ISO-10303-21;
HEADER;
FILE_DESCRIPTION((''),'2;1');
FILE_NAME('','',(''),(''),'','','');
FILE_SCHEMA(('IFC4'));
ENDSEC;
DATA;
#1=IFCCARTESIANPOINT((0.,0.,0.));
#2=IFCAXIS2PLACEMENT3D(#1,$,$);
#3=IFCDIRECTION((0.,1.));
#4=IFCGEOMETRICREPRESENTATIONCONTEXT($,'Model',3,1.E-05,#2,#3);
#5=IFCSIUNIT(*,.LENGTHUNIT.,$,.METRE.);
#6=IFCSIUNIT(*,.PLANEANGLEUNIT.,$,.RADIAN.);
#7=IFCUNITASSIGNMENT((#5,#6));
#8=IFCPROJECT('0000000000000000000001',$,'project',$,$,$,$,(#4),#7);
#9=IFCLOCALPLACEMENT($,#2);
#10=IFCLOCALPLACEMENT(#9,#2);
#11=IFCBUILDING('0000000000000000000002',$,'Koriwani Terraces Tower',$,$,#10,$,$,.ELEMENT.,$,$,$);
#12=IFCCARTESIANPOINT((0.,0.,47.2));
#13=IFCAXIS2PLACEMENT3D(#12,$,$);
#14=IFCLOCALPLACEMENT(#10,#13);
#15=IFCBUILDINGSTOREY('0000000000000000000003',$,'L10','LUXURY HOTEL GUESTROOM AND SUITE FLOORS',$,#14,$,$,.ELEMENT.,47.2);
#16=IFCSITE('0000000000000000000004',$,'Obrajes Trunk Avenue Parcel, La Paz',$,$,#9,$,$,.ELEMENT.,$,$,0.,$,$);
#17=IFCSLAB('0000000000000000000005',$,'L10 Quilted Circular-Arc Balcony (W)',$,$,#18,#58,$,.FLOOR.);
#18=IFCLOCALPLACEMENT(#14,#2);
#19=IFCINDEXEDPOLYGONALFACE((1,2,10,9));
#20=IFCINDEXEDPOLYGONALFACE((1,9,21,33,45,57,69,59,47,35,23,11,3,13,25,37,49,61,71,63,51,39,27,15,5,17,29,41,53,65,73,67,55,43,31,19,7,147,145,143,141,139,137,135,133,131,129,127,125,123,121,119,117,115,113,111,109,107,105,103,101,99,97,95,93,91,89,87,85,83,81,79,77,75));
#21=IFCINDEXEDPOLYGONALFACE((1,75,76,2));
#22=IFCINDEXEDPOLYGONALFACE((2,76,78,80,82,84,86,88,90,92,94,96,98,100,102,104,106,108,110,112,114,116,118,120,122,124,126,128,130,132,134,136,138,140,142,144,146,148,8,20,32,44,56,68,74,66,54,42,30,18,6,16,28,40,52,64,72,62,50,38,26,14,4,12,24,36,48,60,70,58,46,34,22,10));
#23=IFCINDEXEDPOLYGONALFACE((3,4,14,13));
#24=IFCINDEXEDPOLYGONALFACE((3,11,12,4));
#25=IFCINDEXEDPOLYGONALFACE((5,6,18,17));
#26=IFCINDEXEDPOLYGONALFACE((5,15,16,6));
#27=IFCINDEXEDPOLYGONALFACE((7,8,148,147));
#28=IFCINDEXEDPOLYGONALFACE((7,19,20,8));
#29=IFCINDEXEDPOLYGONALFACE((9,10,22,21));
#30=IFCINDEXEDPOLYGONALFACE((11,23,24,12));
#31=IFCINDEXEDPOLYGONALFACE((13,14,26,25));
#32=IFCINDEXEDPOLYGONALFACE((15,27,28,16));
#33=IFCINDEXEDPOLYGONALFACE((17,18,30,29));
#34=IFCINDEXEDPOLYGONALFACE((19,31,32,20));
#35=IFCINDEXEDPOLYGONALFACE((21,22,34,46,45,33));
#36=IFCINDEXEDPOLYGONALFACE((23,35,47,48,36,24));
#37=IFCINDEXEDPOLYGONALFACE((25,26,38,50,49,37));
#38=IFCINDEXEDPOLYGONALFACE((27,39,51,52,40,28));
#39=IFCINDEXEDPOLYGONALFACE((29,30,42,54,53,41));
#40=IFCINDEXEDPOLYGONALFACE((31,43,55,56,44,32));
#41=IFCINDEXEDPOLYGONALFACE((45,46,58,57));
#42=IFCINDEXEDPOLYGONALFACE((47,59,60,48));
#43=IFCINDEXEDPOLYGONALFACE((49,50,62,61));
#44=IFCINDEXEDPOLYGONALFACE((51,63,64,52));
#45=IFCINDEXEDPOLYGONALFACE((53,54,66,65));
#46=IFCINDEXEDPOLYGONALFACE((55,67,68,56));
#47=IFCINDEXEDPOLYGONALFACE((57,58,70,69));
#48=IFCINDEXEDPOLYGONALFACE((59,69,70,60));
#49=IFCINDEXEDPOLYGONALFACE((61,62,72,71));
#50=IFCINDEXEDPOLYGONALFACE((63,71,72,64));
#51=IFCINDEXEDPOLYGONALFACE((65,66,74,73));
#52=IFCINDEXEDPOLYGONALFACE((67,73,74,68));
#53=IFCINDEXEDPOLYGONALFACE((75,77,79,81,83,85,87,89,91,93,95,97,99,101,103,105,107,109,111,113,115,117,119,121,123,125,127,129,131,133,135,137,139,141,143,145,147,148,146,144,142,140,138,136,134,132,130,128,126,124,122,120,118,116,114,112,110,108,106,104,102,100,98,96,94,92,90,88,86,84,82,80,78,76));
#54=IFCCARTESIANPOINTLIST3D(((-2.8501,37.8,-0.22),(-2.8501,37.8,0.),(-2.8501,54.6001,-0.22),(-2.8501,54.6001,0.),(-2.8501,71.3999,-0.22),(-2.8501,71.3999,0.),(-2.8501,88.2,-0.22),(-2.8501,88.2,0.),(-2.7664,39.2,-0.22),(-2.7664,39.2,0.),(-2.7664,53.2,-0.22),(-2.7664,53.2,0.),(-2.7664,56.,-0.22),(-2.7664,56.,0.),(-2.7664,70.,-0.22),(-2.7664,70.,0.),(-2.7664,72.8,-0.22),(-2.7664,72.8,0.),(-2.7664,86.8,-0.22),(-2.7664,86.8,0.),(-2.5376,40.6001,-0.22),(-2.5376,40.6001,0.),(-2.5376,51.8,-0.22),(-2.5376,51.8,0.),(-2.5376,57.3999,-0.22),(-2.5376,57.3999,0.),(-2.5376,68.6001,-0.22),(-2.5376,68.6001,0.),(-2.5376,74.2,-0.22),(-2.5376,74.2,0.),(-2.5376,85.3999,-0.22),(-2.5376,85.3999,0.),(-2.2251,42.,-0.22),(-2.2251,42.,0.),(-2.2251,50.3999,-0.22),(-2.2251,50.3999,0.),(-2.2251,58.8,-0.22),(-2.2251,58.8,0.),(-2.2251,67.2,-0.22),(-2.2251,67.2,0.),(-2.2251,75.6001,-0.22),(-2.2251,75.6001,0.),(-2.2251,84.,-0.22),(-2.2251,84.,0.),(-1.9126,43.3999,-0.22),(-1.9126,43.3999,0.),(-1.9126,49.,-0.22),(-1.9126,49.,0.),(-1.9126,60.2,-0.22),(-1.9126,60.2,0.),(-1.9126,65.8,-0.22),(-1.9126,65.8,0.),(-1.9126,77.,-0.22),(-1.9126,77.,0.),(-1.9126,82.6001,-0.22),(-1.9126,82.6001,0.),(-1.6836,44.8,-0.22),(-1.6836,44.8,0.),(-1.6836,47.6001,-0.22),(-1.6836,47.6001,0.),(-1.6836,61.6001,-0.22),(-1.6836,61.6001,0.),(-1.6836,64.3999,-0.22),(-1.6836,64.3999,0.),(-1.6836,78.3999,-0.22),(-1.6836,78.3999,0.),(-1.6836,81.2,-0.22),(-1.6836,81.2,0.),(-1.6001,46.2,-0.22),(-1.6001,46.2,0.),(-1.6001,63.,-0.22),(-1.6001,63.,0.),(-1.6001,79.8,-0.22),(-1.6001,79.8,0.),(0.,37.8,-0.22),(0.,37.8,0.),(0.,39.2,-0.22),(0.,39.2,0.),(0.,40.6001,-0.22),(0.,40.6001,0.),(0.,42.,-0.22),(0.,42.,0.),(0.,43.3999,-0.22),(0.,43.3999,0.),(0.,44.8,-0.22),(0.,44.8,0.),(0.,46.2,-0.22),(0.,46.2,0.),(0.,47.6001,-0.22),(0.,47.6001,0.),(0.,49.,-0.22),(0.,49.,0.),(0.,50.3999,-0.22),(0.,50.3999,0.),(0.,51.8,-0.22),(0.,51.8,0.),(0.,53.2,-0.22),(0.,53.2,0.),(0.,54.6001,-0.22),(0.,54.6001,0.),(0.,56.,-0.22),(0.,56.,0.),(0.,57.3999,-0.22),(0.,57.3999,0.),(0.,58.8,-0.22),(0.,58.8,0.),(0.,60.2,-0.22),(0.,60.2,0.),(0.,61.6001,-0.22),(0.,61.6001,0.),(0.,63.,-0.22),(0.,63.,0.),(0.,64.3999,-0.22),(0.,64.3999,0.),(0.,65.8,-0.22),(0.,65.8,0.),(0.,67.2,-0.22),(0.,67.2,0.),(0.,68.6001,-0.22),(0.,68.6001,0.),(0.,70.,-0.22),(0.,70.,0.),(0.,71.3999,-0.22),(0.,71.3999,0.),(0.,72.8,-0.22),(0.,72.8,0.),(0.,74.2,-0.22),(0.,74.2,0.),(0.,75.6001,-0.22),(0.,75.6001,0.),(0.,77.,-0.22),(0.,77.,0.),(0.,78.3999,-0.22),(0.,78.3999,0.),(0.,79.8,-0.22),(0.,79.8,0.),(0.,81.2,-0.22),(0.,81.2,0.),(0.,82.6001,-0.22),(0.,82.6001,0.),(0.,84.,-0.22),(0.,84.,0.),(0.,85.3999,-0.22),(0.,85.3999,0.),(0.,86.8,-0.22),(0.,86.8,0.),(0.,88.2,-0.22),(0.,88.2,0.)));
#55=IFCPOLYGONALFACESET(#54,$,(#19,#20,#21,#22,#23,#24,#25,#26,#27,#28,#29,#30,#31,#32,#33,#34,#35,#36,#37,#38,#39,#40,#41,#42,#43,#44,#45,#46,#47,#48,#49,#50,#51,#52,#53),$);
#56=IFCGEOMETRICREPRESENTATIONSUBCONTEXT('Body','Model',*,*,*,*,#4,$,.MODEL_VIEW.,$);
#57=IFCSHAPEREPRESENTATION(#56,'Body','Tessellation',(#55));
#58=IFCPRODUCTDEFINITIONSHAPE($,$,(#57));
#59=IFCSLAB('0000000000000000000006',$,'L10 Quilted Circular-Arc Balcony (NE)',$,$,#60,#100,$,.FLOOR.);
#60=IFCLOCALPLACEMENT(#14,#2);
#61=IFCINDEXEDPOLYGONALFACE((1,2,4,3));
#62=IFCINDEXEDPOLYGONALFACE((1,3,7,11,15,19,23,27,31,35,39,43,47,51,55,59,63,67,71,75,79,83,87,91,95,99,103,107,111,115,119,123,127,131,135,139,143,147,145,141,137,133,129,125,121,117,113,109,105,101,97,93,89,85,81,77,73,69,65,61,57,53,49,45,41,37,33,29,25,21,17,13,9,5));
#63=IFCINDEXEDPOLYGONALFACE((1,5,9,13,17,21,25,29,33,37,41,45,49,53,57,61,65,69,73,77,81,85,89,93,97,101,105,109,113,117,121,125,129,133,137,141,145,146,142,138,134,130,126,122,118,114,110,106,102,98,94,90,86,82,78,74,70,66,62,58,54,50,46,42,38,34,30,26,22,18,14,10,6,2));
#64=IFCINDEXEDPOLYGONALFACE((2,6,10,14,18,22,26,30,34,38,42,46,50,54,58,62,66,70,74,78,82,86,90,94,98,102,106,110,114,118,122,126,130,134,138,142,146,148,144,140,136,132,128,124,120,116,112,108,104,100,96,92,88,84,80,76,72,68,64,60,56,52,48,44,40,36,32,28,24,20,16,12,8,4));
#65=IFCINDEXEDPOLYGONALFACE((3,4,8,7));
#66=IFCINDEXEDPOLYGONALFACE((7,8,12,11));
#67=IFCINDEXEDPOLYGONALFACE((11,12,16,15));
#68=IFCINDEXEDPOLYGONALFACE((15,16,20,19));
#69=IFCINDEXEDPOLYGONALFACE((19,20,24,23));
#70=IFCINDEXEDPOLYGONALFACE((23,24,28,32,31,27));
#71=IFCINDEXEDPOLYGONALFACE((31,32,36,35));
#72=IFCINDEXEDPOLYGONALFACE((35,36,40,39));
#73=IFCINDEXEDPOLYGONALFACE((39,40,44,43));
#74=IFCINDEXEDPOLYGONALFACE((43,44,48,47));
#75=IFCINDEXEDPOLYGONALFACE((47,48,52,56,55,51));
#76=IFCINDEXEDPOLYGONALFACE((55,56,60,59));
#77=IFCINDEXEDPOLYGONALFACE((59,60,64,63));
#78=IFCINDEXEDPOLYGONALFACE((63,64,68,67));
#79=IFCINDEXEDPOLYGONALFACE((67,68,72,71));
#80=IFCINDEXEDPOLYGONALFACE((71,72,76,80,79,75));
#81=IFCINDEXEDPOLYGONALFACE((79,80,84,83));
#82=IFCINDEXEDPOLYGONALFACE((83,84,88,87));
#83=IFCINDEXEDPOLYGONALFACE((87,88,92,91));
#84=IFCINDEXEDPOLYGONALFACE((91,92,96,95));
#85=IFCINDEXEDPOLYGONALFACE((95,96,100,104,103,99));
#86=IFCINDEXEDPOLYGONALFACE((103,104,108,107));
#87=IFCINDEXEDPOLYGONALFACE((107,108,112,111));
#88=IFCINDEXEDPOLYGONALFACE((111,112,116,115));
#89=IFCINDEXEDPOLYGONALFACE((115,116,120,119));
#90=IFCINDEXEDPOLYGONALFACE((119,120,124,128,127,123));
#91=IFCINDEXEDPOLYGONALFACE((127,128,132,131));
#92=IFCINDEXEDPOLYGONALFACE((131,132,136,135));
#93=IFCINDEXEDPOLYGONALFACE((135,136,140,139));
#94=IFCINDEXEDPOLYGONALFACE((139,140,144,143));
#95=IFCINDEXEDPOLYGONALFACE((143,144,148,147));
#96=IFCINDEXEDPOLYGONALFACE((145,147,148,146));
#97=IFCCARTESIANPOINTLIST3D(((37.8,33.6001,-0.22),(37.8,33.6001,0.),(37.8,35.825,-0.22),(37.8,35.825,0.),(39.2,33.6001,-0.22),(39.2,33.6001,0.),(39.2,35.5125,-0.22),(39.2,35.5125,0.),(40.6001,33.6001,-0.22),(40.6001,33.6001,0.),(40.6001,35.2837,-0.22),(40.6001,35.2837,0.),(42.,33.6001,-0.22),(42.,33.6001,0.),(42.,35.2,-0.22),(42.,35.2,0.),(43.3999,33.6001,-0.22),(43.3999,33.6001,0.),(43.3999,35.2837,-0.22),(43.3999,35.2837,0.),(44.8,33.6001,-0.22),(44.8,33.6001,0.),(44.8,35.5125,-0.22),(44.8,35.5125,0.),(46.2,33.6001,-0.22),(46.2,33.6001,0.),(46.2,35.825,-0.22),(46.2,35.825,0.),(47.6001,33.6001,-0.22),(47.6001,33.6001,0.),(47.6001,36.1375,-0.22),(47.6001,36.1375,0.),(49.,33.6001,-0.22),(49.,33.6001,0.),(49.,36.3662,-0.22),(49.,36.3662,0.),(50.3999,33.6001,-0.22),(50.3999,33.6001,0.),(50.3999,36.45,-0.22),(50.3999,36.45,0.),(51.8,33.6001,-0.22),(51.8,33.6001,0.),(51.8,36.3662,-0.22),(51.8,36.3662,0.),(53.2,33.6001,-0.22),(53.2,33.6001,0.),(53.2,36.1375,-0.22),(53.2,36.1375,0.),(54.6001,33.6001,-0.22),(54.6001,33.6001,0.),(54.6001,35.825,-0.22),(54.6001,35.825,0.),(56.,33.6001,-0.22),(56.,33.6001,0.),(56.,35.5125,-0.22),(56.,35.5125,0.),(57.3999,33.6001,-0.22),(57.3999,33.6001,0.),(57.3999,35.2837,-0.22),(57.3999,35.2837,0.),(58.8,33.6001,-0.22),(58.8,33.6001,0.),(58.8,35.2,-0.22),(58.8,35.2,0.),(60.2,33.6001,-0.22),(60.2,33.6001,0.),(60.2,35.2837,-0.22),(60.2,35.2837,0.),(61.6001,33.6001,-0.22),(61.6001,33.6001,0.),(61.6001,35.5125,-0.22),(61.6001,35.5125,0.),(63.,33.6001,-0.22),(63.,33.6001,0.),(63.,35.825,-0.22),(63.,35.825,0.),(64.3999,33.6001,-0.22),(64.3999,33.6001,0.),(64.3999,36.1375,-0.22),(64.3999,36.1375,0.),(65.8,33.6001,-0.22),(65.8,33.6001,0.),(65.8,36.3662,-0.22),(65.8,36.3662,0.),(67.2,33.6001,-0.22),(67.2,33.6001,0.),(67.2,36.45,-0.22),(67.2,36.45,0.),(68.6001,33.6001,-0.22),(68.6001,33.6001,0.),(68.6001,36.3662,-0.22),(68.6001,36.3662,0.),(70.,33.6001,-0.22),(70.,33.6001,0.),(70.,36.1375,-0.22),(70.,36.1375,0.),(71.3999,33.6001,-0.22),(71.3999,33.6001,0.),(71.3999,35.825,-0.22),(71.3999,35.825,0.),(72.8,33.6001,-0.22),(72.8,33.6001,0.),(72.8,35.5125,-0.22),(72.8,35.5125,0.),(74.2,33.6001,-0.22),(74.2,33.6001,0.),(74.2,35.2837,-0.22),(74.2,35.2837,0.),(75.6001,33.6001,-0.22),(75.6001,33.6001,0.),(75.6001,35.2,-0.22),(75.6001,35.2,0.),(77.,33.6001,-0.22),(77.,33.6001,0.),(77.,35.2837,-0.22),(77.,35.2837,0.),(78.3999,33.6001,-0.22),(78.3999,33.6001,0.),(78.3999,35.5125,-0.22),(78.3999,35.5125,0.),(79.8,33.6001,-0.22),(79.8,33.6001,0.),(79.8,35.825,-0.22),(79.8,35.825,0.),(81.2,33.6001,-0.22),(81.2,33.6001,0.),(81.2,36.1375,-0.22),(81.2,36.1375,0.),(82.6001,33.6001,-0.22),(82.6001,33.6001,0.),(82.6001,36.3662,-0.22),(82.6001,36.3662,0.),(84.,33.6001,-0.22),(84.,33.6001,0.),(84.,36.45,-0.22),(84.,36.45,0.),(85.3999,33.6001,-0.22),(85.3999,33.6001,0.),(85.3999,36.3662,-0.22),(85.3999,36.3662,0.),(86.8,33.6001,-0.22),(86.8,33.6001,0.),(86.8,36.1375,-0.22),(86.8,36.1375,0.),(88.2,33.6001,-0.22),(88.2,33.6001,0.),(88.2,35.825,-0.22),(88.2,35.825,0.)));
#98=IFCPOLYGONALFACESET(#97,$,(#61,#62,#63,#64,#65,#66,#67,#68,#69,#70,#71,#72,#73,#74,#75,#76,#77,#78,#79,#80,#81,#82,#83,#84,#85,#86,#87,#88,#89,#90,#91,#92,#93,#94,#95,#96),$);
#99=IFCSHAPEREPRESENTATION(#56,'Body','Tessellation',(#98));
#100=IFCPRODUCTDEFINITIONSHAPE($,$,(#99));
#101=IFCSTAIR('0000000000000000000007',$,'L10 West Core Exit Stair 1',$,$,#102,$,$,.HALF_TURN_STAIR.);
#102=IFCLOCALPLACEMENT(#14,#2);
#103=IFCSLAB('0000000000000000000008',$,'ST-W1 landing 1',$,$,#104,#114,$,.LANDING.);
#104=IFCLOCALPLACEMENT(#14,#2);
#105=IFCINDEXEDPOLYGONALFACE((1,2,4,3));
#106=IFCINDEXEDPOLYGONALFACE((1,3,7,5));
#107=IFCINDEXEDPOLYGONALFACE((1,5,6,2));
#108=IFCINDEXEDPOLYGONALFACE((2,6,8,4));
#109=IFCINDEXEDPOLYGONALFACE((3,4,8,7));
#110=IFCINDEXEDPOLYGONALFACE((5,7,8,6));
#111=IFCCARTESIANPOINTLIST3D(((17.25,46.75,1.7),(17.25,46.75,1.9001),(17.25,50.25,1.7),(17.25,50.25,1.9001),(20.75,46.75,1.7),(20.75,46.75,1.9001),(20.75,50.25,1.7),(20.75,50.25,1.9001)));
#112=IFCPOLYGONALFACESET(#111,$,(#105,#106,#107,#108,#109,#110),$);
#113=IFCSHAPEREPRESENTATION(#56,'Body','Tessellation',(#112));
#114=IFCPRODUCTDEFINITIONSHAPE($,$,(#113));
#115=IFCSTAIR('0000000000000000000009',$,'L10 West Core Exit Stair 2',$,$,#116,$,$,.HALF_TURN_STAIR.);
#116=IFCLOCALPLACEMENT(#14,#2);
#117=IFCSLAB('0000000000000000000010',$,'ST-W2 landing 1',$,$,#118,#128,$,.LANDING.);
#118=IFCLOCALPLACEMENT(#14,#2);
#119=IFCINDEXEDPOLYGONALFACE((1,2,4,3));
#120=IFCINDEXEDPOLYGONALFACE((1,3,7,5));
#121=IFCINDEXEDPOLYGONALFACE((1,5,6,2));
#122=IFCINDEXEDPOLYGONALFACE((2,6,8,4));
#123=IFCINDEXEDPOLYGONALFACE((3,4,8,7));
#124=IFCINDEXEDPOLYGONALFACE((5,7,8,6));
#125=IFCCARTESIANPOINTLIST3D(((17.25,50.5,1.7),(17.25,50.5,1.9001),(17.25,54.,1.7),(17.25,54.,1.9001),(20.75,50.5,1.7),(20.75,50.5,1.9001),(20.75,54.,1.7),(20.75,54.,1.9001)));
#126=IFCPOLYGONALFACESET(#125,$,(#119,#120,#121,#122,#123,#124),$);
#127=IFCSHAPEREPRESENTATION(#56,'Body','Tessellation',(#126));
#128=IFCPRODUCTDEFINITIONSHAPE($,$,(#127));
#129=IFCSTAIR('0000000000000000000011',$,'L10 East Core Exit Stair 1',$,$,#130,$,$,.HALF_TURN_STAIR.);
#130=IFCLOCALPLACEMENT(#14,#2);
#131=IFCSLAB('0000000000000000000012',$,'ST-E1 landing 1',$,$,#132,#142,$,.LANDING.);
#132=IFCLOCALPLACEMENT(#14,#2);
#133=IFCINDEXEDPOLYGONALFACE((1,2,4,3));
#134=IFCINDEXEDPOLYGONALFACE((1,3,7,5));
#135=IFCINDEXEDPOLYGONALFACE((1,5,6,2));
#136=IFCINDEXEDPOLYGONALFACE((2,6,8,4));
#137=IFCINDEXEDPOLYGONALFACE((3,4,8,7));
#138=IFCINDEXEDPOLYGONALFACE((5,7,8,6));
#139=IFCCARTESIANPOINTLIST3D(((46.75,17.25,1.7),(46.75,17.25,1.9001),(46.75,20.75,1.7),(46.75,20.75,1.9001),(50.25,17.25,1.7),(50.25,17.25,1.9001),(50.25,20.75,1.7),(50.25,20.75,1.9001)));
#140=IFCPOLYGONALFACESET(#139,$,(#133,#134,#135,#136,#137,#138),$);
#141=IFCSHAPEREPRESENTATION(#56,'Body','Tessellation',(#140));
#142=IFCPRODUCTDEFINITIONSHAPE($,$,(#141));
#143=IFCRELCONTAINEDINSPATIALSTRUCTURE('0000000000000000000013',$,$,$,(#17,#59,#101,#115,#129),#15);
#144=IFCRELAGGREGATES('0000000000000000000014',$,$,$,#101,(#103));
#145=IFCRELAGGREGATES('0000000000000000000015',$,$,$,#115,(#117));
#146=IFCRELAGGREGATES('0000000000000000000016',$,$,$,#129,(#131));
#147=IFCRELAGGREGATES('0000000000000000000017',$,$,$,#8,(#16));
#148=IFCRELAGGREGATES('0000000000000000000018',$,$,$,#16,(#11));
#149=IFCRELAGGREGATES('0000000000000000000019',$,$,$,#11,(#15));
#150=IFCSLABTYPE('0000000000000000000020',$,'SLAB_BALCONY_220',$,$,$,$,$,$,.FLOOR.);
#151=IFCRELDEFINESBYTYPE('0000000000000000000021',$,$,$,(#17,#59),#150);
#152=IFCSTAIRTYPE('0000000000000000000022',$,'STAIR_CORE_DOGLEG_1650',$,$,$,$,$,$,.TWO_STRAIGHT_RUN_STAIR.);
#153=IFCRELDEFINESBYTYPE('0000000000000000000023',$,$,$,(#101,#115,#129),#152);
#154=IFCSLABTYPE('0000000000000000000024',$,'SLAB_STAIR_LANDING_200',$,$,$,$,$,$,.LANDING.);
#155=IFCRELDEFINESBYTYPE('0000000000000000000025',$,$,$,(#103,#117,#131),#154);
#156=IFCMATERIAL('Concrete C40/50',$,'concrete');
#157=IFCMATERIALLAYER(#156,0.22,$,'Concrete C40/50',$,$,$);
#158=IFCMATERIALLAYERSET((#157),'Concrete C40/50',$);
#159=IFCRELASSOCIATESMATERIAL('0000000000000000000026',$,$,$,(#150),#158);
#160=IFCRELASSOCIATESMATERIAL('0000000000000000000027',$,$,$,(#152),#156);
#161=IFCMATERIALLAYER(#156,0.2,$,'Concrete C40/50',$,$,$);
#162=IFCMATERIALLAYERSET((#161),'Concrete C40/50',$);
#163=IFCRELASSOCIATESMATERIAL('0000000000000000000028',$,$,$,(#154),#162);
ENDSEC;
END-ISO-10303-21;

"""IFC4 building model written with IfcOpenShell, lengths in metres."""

from ifc_helpers import new_model, si_unit, direction, frame, origin, place, context, subcontext, project, spatial, polyline, outline, extrude, material, layer, layer_set, type_object, element, aggregate, save


model = new_model("IFC4")

# Units and contexts
model_context = context("Model", 3, precision=1e-05, world=origin(), true_north=direction((0.0, 1.0)))
body_context = subcontext(model_context, "Body", "Model", "MODEL_VIEW")
ifc_project = project(units=[si_unit("LENGTHUNIT", "METRE"), si_unit("PLANEANGLEUNIT", "RADIAN")], contexts=[model_context])

# Site, building, storey
site_placement = place(None, origin())
site = spatial("IfcSite", under=ifc_project, at=site_placement, Name="Obrajes Trunk Avenue Parcel, La Paz", CompositionType="ELEMENT", RefElevation=0.0)
building_placement = place(site_placement, origin())
building = spatial("IfcBuilding", under=site, at=building_placement, Name="Koriwani Terraces Tower", CompositionType="ELEMENT")
storey_placement = place(building_placement, frame((0.0, 0.0, 47.2)))
storey = spatial("IfcBuildingStorey", under=building, at=storey_placement, Name="L10", Description="LUXURY HOTEL GUESTROOM AND SUITE FLOORS", CompositionType="ELEMENT", Elevation=47.2)

# Slabs
ifc_material_1 = material(Name="Concrete C40/50", Category="concrete")
ifc_layer_1 = layer(ifc_material_1, 0.22, Name="Concrete C40/50")
ifc_layer_set_1 = layer_set([ifc_layer_1], Name="Concrete C40/50")
slab_type_1 = type_object("IfcSlabType", Name="SLAB_BALCONY_220", PredefinedType="FLOOR", material=ifc_layer_set_1)
slab_1_placement = place(storey_placement, frame((0.0, 0.0, -0.22)))
element("IfcSlab", 1, at=slab_1_placement, inside=storey, type_object=slab_type_1, Name="L10 Quilted Circular-Arc Balcony (W)", PredefinedType="FLOOR", context=body_context, shape_type="SweptSolid", body=[
    extrude(outline(polyline([(0.0, 37.8), (0.0, 39.2), (0.0, 40.6001), (0.0, 42.0), (0.0, 43.3999), (0.0, 44.8), (0.0, 46.2), (0.0, 47.6001), (0.0, 49.0), (0.0, 50.3999), (0.0, 51.8), (0.0, 53.2), (0.0, 54.6001), (0.0, 56.0), (0.0, 57.3999), (0.0, 58.8), (0.0, 60.2), (0.0, 61.6001), (0.0, 63.0), (0.0, 64.3999), (0.0, 65.8), (0.0, 67.2), (0.0, 68.6001), (0.0, 70.0), (0.0, 71.3999), (0.0, 72.8), (0.0, 74.2), (0.0, 75.6001), (0.0, 77.0), (0.0, 78.3999), (0.0, 79.8), (0.0, 81.2), (0.0, 82.6001), (0.0, 84.0), (0.0, 85.3999), (0.0, 86.8), (0.0, 88.2), (-2.8501, 88.2), (-2.7664, 86.8), (-2.5376, 85.3999), (-2.2251, 84.0), (-1.9126, 82.6001), (-1.6836, 81.2), (-1.6001, 79.8), (-1.6836, 78.3999), (-1.9126, 77.0), (-2.2251, 75.6001), (-2.5376, 74.2), (-2.7664, 72.8), (-2.8501, 71.3999), (-2.7664, 70.0), (-2.5376, 68.6001), (-2.2251, 67.2), (-1.9126, 65.8), (-1.6836, 64.3999), (-1.6001, 63.0), (-1.6836, 61.6001), (-1.9126, 60.2), (-2.2251, 58.8), (-2.5376, 57.3999), (-2.7664, 56.0), (-2.8501, 54.6001), (-2.7664, 53.2), (-2.5376, 51.8), (-2.2251, 50.3999), (-1.9126, 49.0), (-1.6836, 47.6001), (-1.6001, 46.2), (-1.6836, 44.8), (-1.9126, 43.3999), (-2.2251, 42.0), (-2.5376, 40.6001), (-2.7664, 39.2), (-2.8501, 37.8), (0.0, 37.8)])), origin(), (0.0, 0.0, 1.0), 0.22),
])
slab_2_placement = place(storey_placement, frame((0.0, 0.0, -0.22)))
element("IfcSlab", 2, at=slab_2_placement, inside=storey, type_object=slab_type_1, Name="L10 Quilted Circular-Arc Balcony (NE)", PredefinedType="FLOOR", context=body_context, shape_type="SweptSolid", body=[
    extrude(outline(polyline([(88.2, 33.6001), (86.8, 33.6001), (85.3999, 33.6001), (84.0, 33.6001), (82.6001, 33.6001), (81.2, 33.6001), (79.8, 33.6001), (78.3999, 33.6001), (77.0, 33.6001), (75.6001, 33.6001), (74.2, 33.6001), (72.8, 33.6001), (71.3999, 33.6001), (70.0, 33.6001), (68.6001, 33.6001), (67.2, 33.6001), (65.8, 33.6001), (64.3999, 33.6001), (63.0, 33.6001), (61.6001, 33.6001), (60.2, 33.6001), (58.8, 33.6001), (57.3999, 33.6001), (56.0, 33.6001), (54.6001, 33.6001), (53.2, 33.6001), (51.8, 33.6001), (50.3999, 33.6001), (49.0, 33.6001), (47.6001, 33.6001), (46.2, 33.6001), (44.8, 33.6001), (43.3999, 33.6001), (42.0, 33.6001), (40.6001, 33.6001), (39.2, 33.6001), (37.8, 33.6001), (37.8, 35.825), (39.2, 35.5125), (40.6001, 35.2837), (42.0, 35.2), (43.3999, 35.2837), (44.8, 35.5125), (46.2, 35.825), (47.6001, 36.1375), (49.0, 36.3662), (50.3999, 36.45), (51.8, 36.3662), (53.2, 36.1375), (54.6001, 35.825), (56.0, 35.5125), (57.3999, 35.2837), (58.8, 35.2), (60.2, 35.2837), (61.6001, 35.5125), (63.0, 35.825), (64.3999, 36.1375), (65.8, 36.3662), (67.2, 36.45), (68.6001, 36.3662), (70.0, 36.1375), (71.3999, 35.825), (72.8, 35.5125), (74.2, 35.2837), (75.6001, 35.2), (77.0, 35.2837), (78.3999, 35.5125), (79.8, 35.825), (81.2, 36.1375), (82.6001, 36.3662), (84.0, 36.45), (85.3999, 36.3662), (86.8, 36.1375), (88.2, 35.825), (88.2, 33.6001)])), origin(), (0.0, 0.0, 1.0), 0.22),
])

# Stairs, slabs
stair_type = type_object("IfcStairType", Name="STAIR_CORE_DOGLEG_1650", PredefinedType="TWO_STRAIGHT_RUN_STAIR", material=ifc_material_1)
stair_1_placement = place(storey_placement, origin())
stair_1 = element("IfcStair", 3, at=stair_1_placement, inside=storey, type_object=stair_type, Name="L10 West Core Exit Stair 1", PredefinedType="HALF_TURN_STAIR")
ifc_layer_2 = layer(ifc_material_1, 0.2, Name="Concrete C40/50")
ifc_layer_set_2 = layer_set([ifc_layer_2], Name="Concrete C40/50")
slab_type_2 = type_object("IfcSlabType", Name="SLAB_STAIR_LANDING_200", PredefinedType="LANDING", material=ifc_layer_set_2)
slab_3_placement = place(storey_placement, frame((0.0, 0.0, 1.7)))
slab_3 = element("IfcSlab", 4, at=slab_3_placement, type_object=slab_type_2, Name="ST-W1 landing 1", PredefinedType="LANDING", context=body_context, shape_type="SweptSolid", body=[
    extrude(outline(polyline([(20.75, 46.75), (20.75, 50.25), (17.25, 50.25), (17.25, 46.75), (20.75, 46.75)])), origin(), (0.0, 0.0, 1.0), 0.2002),
])
aggregate(stair_1, [slab_3])
stair_2_placement = place(storey_placement, origin())
stair_2 = element("IfcStair", 5, at=stair_2_placement, inside=storey, type_object=stair_type, Name="L10 West Core Exit Stair 2", PredefinedType="HALF_TURN_STAIR")
slab_4_placement = place(storey_placement, frame((0.0, 0.0, 1.7)))
slab_4 = element("IfcSlab", 6, at=slab_4_placement, type_object=slab_type_2, Name="ST-W2 landing 1", PredefinedType="LANDING", context=body_context, shape_type="SweptSolid", body=[
    extrude(outline(polyline([(17.25, 54.0), (17.25, 50.5), (20.75, 50.5), (20.75, 54.0), (17.25, 54.0)])), origin(), (0.0, 0.0, 1.0), 0.2002),
])
aggregate(stair_2, [slab_4])
stair_3_placement = place(storey_placement, origin())
stair_3 = element("IfcStair", 7, at=stair_3_placement, inside=storey, type_object=stair_type, Name="L10 East Core Exit Stair 1", PredefinedType="HALF_TURN_STAIR")
slab_5_placement = place(storey_placement, frame((0.0, 0.0, 1.7)))
slab_5 = element("IfcSlab", 8, at=slab_5_placement, type_object=slab_type_2, Name="ST-E1 landing 1", PredefinedType="LANDING", context=body_context, shape_type="SweptSolid", body=[
    extrude(outline(polyline([(46.75, 17.25), (50.25, 17.25), (50.25, 20.75), (46.75, 20.75), (46.75, 17.25)])), origin(), (0.0, 0.0, 1.0), 0.2002),
])
aggregate(stair_3, [slab_5])

save(model, "model.ifc")
